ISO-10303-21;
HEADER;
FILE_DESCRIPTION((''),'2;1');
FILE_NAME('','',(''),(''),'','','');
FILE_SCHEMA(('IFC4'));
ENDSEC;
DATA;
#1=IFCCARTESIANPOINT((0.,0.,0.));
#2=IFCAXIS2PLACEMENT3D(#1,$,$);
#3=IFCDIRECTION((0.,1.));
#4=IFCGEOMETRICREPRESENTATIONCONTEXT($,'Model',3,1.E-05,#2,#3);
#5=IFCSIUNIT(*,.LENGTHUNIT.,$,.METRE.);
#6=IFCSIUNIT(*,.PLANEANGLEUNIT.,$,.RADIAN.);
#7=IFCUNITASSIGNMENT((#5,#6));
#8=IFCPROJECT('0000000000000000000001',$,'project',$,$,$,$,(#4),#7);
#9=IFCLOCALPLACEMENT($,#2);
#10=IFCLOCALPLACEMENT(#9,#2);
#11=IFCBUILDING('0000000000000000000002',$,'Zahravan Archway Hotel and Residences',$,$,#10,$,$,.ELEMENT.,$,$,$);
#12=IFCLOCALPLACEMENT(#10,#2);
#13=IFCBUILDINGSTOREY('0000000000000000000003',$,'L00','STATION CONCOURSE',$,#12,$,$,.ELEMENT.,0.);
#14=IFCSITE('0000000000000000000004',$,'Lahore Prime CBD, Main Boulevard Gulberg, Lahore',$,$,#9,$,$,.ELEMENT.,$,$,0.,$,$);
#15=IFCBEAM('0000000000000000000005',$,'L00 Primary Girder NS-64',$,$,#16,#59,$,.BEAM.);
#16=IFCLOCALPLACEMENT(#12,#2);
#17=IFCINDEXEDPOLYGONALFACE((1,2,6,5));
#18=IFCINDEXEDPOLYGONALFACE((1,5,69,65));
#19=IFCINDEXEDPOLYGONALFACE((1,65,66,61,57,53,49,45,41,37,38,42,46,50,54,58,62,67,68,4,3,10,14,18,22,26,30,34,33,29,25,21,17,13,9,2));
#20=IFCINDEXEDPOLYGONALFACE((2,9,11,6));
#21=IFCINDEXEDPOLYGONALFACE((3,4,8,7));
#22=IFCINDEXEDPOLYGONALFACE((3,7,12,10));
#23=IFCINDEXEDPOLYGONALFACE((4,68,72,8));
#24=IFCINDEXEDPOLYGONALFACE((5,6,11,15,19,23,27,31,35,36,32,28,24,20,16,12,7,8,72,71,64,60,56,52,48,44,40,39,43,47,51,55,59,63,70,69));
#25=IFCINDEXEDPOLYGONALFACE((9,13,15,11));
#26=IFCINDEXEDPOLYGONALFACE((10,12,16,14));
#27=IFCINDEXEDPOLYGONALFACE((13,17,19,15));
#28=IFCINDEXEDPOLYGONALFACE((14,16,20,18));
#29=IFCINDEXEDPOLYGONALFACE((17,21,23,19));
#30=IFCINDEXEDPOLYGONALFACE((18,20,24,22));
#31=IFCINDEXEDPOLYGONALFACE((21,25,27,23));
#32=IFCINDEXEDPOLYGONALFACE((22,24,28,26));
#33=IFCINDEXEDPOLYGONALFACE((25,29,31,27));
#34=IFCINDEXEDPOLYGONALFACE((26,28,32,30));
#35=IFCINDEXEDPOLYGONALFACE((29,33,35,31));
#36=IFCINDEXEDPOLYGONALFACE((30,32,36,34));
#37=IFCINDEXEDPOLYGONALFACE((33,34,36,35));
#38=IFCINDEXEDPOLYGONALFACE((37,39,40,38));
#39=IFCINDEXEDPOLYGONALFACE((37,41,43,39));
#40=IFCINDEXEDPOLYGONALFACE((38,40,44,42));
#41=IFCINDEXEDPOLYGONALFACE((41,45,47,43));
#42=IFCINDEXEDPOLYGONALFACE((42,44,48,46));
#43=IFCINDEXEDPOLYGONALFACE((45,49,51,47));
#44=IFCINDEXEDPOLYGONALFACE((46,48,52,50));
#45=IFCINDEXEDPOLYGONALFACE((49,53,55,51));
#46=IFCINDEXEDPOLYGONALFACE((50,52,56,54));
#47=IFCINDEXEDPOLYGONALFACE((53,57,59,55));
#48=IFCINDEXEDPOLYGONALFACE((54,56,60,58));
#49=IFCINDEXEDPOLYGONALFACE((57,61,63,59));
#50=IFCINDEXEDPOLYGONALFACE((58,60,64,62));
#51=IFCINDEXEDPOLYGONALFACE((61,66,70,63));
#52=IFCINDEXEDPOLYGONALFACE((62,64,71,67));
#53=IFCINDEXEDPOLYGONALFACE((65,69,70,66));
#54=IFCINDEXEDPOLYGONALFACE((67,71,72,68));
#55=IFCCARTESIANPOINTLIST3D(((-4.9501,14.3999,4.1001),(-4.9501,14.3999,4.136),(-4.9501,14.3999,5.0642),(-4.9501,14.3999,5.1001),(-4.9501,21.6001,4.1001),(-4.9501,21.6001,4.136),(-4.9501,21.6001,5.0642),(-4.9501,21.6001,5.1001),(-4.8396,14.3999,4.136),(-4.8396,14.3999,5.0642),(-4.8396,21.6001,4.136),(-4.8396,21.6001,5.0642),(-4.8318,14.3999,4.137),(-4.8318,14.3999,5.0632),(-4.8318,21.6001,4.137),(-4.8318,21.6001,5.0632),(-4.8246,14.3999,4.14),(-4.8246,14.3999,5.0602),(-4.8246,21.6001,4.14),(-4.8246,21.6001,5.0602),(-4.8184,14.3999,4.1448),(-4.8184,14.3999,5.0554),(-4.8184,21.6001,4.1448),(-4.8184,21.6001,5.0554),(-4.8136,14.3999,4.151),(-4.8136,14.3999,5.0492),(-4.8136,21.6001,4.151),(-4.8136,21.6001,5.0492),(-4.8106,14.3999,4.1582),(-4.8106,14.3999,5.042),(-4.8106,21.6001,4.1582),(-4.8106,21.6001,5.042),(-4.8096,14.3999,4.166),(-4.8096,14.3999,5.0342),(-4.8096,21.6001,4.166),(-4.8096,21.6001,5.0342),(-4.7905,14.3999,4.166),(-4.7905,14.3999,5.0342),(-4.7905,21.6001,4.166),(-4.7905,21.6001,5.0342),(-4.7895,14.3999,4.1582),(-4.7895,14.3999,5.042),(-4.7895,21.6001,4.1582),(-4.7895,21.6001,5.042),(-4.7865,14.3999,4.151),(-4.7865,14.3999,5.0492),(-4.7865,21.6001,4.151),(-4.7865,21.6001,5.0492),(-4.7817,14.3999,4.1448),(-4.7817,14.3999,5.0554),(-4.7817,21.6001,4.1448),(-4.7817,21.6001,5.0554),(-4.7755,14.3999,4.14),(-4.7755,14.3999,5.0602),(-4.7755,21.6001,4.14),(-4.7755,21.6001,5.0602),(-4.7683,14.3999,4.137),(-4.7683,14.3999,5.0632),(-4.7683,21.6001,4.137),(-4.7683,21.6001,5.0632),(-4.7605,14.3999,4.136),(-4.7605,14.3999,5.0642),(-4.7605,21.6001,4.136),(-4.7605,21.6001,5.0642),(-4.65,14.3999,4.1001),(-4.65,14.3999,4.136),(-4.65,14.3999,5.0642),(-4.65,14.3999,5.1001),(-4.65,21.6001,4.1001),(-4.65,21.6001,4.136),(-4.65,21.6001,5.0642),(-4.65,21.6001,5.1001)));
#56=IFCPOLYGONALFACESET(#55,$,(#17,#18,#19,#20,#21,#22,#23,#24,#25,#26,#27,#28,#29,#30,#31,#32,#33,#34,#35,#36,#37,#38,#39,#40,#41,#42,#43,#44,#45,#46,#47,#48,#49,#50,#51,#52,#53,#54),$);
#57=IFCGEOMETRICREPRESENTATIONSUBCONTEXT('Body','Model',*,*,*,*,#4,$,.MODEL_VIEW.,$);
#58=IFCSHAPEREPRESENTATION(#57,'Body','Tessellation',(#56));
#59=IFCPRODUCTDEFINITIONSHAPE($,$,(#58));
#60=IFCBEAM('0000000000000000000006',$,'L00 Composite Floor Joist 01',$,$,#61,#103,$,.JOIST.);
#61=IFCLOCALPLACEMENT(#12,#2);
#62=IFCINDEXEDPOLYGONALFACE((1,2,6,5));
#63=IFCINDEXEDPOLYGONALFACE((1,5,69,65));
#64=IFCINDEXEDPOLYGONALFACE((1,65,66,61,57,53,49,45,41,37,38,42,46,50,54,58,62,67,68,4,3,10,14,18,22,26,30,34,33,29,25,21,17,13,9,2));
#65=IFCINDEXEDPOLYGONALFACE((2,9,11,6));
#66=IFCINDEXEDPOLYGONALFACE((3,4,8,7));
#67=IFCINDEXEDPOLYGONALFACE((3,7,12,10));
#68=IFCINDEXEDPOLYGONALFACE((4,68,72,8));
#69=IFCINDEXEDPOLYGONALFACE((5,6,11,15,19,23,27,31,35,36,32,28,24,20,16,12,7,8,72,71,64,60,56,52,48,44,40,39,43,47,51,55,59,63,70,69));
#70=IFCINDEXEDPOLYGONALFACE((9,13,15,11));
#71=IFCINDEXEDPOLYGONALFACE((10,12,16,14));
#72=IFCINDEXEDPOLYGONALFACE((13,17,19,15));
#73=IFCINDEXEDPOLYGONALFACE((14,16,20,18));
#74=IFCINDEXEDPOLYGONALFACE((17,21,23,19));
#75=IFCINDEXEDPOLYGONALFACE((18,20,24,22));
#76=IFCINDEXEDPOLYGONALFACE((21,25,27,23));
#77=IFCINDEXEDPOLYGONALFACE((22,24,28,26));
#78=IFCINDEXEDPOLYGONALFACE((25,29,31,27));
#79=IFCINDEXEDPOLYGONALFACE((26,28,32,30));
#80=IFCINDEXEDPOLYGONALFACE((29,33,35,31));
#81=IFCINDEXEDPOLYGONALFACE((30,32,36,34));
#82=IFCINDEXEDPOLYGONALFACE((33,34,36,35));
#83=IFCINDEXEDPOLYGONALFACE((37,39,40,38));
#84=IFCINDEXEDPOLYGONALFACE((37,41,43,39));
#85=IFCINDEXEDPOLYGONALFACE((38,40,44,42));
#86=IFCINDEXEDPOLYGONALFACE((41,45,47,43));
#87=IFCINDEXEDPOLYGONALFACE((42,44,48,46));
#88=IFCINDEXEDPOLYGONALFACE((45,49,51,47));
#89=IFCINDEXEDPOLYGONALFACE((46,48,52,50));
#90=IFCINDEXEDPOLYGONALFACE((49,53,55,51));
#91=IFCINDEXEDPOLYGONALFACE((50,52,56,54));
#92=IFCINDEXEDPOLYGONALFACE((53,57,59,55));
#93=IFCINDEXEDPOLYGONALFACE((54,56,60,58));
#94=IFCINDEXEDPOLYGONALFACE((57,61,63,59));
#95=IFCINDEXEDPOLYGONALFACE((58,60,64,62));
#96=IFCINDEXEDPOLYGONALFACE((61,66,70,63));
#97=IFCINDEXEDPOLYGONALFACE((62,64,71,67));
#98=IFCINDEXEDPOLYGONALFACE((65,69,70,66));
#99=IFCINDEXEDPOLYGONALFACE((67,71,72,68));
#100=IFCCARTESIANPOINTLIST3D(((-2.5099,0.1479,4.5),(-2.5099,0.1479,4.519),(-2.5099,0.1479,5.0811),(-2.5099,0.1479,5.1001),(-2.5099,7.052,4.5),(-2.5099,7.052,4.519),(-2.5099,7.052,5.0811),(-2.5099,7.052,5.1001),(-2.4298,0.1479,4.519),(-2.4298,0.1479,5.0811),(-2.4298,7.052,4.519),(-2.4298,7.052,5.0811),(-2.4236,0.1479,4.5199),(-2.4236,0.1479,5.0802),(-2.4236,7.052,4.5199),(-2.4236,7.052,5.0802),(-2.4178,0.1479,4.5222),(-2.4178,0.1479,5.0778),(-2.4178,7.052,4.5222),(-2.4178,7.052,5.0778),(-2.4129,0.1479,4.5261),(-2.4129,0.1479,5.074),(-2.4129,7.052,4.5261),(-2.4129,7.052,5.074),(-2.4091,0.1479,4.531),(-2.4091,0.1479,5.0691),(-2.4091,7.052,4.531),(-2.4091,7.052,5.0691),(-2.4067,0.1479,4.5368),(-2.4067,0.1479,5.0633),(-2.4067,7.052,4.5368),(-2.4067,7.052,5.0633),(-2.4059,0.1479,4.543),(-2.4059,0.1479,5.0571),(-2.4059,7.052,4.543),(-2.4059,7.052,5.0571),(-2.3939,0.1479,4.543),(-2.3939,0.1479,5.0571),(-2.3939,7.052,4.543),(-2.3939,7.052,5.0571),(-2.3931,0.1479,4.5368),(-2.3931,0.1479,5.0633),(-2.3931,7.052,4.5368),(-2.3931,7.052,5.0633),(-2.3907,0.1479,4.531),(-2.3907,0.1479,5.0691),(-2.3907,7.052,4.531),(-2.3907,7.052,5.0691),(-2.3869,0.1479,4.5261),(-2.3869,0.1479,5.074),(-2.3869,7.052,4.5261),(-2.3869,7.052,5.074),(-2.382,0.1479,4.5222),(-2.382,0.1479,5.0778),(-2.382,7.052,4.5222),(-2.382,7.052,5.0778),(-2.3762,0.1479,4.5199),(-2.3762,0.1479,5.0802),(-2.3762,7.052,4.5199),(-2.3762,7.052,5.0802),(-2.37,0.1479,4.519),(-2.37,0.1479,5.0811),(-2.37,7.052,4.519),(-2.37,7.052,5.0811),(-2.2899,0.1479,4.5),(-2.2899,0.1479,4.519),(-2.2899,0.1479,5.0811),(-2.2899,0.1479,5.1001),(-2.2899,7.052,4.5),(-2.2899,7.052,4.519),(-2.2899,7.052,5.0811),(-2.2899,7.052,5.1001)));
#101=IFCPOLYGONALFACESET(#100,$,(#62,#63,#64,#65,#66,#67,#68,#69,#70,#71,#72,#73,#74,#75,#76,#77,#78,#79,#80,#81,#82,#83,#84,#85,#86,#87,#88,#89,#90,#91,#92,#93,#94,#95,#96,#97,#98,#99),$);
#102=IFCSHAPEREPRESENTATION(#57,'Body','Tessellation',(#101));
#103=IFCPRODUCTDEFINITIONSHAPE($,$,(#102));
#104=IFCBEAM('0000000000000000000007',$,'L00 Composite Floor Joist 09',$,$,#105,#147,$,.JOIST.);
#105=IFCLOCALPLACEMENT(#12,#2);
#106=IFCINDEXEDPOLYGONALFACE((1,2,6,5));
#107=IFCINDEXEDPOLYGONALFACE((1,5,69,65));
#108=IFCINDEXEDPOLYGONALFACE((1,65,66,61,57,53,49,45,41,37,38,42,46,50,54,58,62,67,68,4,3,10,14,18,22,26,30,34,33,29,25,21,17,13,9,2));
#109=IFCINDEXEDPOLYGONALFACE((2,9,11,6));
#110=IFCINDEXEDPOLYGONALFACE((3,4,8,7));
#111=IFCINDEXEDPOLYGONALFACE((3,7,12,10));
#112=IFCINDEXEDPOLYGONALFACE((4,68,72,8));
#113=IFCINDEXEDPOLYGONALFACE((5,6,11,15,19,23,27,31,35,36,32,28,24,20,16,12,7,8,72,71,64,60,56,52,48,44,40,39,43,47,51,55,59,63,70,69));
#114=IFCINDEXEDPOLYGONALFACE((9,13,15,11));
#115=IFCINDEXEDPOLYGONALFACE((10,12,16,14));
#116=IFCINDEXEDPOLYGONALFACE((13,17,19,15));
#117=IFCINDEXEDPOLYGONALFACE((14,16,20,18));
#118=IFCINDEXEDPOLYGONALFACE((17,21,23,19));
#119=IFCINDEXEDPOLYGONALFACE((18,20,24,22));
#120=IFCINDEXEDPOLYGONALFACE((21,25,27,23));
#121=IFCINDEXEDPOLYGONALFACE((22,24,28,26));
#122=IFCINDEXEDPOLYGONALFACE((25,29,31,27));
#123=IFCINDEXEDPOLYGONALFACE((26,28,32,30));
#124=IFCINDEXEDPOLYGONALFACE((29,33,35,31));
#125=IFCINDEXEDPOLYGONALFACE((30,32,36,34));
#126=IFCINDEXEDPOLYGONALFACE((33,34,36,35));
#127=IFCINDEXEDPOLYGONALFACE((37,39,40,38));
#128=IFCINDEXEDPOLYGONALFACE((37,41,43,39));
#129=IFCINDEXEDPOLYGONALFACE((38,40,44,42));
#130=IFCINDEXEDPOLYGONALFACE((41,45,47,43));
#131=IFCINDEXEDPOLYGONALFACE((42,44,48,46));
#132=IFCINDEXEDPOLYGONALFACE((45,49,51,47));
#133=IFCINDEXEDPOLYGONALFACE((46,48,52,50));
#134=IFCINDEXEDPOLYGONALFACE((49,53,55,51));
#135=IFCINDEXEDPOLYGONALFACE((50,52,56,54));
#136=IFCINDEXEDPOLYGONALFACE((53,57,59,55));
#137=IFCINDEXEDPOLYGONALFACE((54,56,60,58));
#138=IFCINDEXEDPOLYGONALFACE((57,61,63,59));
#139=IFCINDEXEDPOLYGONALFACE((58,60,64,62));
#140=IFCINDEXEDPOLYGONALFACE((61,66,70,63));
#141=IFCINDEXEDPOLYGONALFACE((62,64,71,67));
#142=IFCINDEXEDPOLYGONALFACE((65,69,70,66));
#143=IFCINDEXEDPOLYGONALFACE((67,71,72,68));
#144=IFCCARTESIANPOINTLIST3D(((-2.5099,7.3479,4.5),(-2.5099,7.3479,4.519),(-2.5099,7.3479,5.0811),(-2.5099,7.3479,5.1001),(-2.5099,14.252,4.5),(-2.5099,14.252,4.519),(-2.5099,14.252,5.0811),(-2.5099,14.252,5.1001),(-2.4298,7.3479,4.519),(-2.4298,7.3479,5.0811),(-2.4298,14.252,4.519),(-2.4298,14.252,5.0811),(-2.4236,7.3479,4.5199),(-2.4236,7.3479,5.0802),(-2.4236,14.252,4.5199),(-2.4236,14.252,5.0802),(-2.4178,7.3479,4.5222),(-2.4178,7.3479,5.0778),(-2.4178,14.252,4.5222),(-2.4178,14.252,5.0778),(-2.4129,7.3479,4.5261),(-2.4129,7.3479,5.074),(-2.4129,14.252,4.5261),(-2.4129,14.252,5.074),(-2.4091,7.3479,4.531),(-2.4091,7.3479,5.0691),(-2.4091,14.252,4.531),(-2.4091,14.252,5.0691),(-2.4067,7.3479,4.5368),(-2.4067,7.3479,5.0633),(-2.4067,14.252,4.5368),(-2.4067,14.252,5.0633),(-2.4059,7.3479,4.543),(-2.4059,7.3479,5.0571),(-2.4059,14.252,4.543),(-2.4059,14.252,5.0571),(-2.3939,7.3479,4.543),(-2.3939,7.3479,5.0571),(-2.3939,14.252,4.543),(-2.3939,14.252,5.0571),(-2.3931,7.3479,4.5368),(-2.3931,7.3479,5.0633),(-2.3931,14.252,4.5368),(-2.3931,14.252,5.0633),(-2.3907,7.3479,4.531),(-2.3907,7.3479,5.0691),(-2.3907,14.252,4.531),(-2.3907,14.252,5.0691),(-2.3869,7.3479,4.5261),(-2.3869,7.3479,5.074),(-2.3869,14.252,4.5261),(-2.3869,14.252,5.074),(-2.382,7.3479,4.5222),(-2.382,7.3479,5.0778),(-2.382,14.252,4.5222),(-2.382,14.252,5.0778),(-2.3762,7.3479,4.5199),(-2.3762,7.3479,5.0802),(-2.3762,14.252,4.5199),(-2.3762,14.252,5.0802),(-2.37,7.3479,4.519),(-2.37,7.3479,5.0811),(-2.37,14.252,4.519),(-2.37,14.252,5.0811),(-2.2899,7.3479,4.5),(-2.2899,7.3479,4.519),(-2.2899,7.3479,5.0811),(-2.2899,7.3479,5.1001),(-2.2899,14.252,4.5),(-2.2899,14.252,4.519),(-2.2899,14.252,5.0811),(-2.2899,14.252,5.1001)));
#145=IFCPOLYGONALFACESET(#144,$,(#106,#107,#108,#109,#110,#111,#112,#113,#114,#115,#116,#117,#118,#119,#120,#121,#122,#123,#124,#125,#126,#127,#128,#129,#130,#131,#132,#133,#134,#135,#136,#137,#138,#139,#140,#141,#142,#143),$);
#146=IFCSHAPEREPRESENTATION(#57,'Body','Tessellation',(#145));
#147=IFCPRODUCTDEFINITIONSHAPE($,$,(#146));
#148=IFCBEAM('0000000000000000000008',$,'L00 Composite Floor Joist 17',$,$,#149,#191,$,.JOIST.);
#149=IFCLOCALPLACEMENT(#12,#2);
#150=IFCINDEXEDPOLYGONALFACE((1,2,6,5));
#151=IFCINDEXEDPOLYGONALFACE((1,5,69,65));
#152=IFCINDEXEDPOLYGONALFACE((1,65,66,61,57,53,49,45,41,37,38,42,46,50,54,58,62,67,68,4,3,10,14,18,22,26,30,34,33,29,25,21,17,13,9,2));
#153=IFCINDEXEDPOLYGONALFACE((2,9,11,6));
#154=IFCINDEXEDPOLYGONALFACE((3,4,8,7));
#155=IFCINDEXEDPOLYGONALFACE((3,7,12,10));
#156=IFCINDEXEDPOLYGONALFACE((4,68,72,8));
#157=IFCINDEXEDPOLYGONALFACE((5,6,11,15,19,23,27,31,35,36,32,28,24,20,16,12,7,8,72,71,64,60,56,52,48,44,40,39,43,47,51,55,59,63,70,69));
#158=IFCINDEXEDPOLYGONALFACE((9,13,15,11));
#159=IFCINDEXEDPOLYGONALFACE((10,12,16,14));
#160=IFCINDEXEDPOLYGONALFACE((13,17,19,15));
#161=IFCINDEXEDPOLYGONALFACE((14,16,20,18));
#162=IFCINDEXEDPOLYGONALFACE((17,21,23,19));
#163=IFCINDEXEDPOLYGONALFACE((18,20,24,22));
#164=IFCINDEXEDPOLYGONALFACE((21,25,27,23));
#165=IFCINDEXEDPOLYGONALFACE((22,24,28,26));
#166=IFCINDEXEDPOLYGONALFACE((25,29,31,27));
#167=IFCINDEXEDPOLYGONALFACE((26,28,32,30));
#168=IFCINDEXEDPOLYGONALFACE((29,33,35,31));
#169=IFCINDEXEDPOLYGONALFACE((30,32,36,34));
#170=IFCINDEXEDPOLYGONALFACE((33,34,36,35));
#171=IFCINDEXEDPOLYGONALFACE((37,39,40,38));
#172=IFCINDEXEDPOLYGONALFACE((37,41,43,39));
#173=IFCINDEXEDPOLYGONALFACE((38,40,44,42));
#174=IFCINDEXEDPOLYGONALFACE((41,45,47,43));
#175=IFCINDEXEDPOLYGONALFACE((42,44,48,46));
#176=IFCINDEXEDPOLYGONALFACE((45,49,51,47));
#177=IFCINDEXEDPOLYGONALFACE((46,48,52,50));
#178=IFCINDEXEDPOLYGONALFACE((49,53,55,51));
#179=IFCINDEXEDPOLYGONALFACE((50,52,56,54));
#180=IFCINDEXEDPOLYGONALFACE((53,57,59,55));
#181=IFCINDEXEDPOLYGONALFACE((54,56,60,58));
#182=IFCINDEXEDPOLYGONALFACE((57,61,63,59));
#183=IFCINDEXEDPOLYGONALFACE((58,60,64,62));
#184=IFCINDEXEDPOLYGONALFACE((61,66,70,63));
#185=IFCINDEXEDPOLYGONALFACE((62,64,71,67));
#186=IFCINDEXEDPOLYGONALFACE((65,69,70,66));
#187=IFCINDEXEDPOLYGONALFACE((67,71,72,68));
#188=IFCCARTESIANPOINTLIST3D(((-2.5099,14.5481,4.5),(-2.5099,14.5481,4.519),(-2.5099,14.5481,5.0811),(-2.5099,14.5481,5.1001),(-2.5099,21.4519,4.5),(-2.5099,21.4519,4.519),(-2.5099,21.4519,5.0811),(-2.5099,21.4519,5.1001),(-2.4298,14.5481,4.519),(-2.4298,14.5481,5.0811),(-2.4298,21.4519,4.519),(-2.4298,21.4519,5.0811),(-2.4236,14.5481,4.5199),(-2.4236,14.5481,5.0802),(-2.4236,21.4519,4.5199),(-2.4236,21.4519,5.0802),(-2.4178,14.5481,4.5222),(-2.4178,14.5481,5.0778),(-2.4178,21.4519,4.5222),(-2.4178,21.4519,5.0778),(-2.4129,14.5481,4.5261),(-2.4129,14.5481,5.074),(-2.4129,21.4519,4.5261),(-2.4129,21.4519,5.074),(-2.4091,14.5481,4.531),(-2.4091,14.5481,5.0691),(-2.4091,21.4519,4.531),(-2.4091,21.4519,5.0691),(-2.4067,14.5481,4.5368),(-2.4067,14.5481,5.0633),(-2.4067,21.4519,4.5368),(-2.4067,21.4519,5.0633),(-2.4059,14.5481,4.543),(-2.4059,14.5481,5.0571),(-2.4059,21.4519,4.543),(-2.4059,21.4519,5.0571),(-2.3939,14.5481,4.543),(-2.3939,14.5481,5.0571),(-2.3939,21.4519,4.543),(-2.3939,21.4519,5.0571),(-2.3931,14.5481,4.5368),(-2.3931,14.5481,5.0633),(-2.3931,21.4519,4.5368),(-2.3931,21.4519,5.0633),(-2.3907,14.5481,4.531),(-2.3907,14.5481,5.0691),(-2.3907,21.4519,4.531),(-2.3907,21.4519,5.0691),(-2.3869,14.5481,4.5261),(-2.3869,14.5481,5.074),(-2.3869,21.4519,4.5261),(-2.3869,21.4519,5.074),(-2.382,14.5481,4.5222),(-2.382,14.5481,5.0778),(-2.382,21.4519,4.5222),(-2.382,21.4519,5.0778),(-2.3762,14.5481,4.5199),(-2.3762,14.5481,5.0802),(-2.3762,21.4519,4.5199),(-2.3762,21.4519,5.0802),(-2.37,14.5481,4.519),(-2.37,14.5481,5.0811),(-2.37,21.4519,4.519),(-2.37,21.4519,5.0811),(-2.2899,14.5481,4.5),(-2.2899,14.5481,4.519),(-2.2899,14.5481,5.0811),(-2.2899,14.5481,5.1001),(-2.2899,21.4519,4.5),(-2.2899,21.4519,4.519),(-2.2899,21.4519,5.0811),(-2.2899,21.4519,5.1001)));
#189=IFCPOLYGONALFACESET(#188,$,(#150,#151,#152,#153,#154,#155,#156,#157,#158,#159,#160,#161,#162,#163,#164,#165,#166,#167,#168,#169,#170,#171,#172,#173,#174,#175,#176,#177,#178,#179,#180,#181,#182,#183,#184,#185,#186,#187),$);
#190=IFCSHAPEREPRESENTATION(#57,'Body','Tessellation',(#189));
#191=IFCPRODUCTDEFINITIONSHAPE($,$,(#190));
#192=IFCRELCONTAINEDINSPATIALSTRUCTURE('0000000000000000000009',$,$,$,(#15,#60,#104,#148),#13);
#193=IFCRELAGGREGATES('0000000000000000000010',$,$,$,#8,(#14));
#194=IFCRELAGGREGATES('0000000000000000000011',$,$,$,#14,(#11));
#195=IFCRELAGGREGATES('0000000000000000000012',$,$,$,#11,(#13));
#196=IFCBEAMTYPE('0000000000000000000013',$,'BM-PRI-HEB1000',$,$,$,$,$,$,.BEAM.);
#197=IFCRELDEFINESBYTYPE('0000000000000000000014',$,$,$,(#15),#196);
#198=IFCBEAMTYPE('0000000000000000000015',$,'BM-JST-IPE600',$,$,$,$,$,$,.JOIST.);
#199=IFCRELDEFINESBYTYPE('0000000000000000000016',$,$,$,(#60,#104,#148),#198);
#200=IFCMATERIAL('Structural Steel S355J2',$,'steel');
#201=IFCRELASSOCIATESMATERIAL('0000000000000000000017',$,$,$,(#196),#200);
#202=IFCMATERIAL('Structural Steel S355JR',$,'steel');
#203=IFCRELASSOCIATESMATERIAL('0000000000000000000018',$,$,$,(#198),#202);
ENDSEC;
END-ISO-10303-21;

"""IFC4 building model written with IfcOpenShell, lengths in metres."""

from ifc_helpers import new_model, si_unit, direction, frame, origin, origin_2d, place, context, subcontext, project, spatial, i_section, extrude, source, transform, mapped, material, material_profile, profile_set, type_object, type_shapes, element, save


model = new_model("IFC4")

# Units and contexts
model_context = context("Model", 3, precision=1e-05, world=origin(), true_north=direction((0.0, 1.0)))
body_context = subcontext(model_context, "Body", "Model", "MODEL_VIEW")
ifc_project = project(units=[si_unit("LENGTHUNIT", "METRE"), si_unit("PLANEANGLEUNIT", "RADIAN")], contexts=[model_context])

# Site, building, storey
site_placement = place(None, origin())
site = spatial("IfcSite", under=ifc_project, at=site_placement, Name="Lahore Prime CBD, Main Boulevard Gulberg, Lahore", CompositionType="ELEMENT", RefElevation=0.0)
building_placement = place(site_placement, origin())
building = spatial("IfcBuilding", under=site, at=building_placement, Name="Zahravan Archway Hotel and Residences", CompositionType="ELEMENT")
storey_placement = place(building_placement, origin())
storey = spatial("IfcBuildingStorey", under=building, at=storey_placement, Name="L00", Description="STATION CONCOURSE", CompositionType="ELEMENT", Elevation=0.0)

# Beams
ifc_material_1 = material(Name="Structural Steel S355J2", Category="steel")
ifc_material_profile_1 = material_profile(ifc_material_1, i_section(OverallWidth=0.3, OverallDepth=1.0, WebThickness=0.019, FlangeThickness=0.0359, FilletRadius=0.03, at=origin_2d()), Name="HEB 1000", Category="steel")
ifc_profile_set_1 = profile_set([ifc_material_profile_1], Name="Structural Steel S355J2")
beam_type_1 = type_object("IfcBeamType", Name="BM-PRI-HEB1000", PredefinedType="BEAM", material=ifc_profile_set_1)
shared_shape_1 = source(origin(), body_context, "Body", "SweptSolid", [
    extrude(i_section(OverallWidth=0.3, OverallDepth=1.0, WebThickness=0.019, FlangeThickness=0.0359, FilletRadius=0.03, at=origin_2d()), origin(), (0.0, 0.0, 1.0), 7.2002),
])
beam_1_placement = place(storey_placement, frame((-4.8, 14.3999, 4.6001), z_axis=(0.0, 1.0, 0.0), x_axis=(-1.0, 0.0, 0.0)))
element("IfcBeam", 1, at=beam_1_placement, inside=storey, type_object=beam_type_1, Name="L00 Primary Girder NS-64", PredefinedType="BEAM", context=body_context, shape_type="MappedRepresentation", body=[
    mapped(shared_shape_1, transform((0.0, 0.0, 0.0), scale=1.0)),
])
ifc_material_2 = material(Name="Structural Steel S355JR", Category="steel")
ifc_material_profile_2 = material_profile(ifc_material_2, i_section(OverallWidth=0.22, OverallDepth=0.6001, WebThickness=0.012, FlangeThickness=0.019, FilletRadius=0.0239, at=origin_2d()), Name="IPE 600", Category="steel")
ifc_profile_set_2 = profile_set([ifc_material_profile_2], Name="Structural Steel S355JR")
beam_type_2 = type_object("IfcBeamType", Name="BM-JST-IPE600", PredefinedType="JOIST", material=ifc_profile_set_2)
shared_shape_2 = source(origin(), body_context, "Body", "SweptSolid", [
    extrude(i_section(OverallWidth=0.22, OverallDepth=0.6001, WebThickness=0.012, FlangeThickness=0.019, FilletRadius=0.0239, at=origin_2d()), origin(), (0.0, 0.0, 1.0), 6.9041),
])
type_shapes(beam_type_2, [shared_shape_2])
for number, where, z_axis, x_axis, name in (
    (2, (-2.3999, 0.1479, 4.8), (0.0, 1.0, 0.0), (-1.0, 0.0, 0.0), "L00 Composite Floor Joist 01"),
    (3, (-2.3999, 7.3479, 4.8), (0.0, 1.0, 0.0), (-1.0, 0.0, 0.0), "L00 Composite Floor Joist 09"),
):
    element("IfcBeam", number, at=place(storey_placement, frame(where, z_axis=z_axis, x_axis=x_axis)), inside=storey, type_object=beam_type_2, Name=name, PredefinedType="JOIST", context=body_context, shape_type="MappedRepresentation", body=[
        mapped(shared_shape_2, transform((0.0, 0.0, 0.0), scale=1.0)),
    ])
shared_shape_3 = source(origin(), body_context, "Body", "SweptSolid", [
    extrude(i_section(OverallWidth=0.22, OverallDepth=0.6001, WebThickness=0.012, FlangeThickness=0.019, FilletRadius=0.0239, at=origin_2d()), origin(), (0.0, 0.0, 1.0), 6.9038),
])
beam_2_placement = place(storey_placement, frame((-2.3999, 14.5481, 4.8), z_axis=(0.0, 1.0, 0.0), x_axis=(-1.0, 0.0, 0.0)))
element("IfcBeam", 4, at=beam_2_placement, inside=storey, type_object=beam_type_2, Name="L00 Composite Floor Joist 17", PredefinedType="JOIST", context=body_context, shape_type="MappedRepresentation", body=[
    mapped(shared_shape_3, transform((0.0, 0.0, 0.0), scale=1.0)),
])

save(model, "model.ifc")
